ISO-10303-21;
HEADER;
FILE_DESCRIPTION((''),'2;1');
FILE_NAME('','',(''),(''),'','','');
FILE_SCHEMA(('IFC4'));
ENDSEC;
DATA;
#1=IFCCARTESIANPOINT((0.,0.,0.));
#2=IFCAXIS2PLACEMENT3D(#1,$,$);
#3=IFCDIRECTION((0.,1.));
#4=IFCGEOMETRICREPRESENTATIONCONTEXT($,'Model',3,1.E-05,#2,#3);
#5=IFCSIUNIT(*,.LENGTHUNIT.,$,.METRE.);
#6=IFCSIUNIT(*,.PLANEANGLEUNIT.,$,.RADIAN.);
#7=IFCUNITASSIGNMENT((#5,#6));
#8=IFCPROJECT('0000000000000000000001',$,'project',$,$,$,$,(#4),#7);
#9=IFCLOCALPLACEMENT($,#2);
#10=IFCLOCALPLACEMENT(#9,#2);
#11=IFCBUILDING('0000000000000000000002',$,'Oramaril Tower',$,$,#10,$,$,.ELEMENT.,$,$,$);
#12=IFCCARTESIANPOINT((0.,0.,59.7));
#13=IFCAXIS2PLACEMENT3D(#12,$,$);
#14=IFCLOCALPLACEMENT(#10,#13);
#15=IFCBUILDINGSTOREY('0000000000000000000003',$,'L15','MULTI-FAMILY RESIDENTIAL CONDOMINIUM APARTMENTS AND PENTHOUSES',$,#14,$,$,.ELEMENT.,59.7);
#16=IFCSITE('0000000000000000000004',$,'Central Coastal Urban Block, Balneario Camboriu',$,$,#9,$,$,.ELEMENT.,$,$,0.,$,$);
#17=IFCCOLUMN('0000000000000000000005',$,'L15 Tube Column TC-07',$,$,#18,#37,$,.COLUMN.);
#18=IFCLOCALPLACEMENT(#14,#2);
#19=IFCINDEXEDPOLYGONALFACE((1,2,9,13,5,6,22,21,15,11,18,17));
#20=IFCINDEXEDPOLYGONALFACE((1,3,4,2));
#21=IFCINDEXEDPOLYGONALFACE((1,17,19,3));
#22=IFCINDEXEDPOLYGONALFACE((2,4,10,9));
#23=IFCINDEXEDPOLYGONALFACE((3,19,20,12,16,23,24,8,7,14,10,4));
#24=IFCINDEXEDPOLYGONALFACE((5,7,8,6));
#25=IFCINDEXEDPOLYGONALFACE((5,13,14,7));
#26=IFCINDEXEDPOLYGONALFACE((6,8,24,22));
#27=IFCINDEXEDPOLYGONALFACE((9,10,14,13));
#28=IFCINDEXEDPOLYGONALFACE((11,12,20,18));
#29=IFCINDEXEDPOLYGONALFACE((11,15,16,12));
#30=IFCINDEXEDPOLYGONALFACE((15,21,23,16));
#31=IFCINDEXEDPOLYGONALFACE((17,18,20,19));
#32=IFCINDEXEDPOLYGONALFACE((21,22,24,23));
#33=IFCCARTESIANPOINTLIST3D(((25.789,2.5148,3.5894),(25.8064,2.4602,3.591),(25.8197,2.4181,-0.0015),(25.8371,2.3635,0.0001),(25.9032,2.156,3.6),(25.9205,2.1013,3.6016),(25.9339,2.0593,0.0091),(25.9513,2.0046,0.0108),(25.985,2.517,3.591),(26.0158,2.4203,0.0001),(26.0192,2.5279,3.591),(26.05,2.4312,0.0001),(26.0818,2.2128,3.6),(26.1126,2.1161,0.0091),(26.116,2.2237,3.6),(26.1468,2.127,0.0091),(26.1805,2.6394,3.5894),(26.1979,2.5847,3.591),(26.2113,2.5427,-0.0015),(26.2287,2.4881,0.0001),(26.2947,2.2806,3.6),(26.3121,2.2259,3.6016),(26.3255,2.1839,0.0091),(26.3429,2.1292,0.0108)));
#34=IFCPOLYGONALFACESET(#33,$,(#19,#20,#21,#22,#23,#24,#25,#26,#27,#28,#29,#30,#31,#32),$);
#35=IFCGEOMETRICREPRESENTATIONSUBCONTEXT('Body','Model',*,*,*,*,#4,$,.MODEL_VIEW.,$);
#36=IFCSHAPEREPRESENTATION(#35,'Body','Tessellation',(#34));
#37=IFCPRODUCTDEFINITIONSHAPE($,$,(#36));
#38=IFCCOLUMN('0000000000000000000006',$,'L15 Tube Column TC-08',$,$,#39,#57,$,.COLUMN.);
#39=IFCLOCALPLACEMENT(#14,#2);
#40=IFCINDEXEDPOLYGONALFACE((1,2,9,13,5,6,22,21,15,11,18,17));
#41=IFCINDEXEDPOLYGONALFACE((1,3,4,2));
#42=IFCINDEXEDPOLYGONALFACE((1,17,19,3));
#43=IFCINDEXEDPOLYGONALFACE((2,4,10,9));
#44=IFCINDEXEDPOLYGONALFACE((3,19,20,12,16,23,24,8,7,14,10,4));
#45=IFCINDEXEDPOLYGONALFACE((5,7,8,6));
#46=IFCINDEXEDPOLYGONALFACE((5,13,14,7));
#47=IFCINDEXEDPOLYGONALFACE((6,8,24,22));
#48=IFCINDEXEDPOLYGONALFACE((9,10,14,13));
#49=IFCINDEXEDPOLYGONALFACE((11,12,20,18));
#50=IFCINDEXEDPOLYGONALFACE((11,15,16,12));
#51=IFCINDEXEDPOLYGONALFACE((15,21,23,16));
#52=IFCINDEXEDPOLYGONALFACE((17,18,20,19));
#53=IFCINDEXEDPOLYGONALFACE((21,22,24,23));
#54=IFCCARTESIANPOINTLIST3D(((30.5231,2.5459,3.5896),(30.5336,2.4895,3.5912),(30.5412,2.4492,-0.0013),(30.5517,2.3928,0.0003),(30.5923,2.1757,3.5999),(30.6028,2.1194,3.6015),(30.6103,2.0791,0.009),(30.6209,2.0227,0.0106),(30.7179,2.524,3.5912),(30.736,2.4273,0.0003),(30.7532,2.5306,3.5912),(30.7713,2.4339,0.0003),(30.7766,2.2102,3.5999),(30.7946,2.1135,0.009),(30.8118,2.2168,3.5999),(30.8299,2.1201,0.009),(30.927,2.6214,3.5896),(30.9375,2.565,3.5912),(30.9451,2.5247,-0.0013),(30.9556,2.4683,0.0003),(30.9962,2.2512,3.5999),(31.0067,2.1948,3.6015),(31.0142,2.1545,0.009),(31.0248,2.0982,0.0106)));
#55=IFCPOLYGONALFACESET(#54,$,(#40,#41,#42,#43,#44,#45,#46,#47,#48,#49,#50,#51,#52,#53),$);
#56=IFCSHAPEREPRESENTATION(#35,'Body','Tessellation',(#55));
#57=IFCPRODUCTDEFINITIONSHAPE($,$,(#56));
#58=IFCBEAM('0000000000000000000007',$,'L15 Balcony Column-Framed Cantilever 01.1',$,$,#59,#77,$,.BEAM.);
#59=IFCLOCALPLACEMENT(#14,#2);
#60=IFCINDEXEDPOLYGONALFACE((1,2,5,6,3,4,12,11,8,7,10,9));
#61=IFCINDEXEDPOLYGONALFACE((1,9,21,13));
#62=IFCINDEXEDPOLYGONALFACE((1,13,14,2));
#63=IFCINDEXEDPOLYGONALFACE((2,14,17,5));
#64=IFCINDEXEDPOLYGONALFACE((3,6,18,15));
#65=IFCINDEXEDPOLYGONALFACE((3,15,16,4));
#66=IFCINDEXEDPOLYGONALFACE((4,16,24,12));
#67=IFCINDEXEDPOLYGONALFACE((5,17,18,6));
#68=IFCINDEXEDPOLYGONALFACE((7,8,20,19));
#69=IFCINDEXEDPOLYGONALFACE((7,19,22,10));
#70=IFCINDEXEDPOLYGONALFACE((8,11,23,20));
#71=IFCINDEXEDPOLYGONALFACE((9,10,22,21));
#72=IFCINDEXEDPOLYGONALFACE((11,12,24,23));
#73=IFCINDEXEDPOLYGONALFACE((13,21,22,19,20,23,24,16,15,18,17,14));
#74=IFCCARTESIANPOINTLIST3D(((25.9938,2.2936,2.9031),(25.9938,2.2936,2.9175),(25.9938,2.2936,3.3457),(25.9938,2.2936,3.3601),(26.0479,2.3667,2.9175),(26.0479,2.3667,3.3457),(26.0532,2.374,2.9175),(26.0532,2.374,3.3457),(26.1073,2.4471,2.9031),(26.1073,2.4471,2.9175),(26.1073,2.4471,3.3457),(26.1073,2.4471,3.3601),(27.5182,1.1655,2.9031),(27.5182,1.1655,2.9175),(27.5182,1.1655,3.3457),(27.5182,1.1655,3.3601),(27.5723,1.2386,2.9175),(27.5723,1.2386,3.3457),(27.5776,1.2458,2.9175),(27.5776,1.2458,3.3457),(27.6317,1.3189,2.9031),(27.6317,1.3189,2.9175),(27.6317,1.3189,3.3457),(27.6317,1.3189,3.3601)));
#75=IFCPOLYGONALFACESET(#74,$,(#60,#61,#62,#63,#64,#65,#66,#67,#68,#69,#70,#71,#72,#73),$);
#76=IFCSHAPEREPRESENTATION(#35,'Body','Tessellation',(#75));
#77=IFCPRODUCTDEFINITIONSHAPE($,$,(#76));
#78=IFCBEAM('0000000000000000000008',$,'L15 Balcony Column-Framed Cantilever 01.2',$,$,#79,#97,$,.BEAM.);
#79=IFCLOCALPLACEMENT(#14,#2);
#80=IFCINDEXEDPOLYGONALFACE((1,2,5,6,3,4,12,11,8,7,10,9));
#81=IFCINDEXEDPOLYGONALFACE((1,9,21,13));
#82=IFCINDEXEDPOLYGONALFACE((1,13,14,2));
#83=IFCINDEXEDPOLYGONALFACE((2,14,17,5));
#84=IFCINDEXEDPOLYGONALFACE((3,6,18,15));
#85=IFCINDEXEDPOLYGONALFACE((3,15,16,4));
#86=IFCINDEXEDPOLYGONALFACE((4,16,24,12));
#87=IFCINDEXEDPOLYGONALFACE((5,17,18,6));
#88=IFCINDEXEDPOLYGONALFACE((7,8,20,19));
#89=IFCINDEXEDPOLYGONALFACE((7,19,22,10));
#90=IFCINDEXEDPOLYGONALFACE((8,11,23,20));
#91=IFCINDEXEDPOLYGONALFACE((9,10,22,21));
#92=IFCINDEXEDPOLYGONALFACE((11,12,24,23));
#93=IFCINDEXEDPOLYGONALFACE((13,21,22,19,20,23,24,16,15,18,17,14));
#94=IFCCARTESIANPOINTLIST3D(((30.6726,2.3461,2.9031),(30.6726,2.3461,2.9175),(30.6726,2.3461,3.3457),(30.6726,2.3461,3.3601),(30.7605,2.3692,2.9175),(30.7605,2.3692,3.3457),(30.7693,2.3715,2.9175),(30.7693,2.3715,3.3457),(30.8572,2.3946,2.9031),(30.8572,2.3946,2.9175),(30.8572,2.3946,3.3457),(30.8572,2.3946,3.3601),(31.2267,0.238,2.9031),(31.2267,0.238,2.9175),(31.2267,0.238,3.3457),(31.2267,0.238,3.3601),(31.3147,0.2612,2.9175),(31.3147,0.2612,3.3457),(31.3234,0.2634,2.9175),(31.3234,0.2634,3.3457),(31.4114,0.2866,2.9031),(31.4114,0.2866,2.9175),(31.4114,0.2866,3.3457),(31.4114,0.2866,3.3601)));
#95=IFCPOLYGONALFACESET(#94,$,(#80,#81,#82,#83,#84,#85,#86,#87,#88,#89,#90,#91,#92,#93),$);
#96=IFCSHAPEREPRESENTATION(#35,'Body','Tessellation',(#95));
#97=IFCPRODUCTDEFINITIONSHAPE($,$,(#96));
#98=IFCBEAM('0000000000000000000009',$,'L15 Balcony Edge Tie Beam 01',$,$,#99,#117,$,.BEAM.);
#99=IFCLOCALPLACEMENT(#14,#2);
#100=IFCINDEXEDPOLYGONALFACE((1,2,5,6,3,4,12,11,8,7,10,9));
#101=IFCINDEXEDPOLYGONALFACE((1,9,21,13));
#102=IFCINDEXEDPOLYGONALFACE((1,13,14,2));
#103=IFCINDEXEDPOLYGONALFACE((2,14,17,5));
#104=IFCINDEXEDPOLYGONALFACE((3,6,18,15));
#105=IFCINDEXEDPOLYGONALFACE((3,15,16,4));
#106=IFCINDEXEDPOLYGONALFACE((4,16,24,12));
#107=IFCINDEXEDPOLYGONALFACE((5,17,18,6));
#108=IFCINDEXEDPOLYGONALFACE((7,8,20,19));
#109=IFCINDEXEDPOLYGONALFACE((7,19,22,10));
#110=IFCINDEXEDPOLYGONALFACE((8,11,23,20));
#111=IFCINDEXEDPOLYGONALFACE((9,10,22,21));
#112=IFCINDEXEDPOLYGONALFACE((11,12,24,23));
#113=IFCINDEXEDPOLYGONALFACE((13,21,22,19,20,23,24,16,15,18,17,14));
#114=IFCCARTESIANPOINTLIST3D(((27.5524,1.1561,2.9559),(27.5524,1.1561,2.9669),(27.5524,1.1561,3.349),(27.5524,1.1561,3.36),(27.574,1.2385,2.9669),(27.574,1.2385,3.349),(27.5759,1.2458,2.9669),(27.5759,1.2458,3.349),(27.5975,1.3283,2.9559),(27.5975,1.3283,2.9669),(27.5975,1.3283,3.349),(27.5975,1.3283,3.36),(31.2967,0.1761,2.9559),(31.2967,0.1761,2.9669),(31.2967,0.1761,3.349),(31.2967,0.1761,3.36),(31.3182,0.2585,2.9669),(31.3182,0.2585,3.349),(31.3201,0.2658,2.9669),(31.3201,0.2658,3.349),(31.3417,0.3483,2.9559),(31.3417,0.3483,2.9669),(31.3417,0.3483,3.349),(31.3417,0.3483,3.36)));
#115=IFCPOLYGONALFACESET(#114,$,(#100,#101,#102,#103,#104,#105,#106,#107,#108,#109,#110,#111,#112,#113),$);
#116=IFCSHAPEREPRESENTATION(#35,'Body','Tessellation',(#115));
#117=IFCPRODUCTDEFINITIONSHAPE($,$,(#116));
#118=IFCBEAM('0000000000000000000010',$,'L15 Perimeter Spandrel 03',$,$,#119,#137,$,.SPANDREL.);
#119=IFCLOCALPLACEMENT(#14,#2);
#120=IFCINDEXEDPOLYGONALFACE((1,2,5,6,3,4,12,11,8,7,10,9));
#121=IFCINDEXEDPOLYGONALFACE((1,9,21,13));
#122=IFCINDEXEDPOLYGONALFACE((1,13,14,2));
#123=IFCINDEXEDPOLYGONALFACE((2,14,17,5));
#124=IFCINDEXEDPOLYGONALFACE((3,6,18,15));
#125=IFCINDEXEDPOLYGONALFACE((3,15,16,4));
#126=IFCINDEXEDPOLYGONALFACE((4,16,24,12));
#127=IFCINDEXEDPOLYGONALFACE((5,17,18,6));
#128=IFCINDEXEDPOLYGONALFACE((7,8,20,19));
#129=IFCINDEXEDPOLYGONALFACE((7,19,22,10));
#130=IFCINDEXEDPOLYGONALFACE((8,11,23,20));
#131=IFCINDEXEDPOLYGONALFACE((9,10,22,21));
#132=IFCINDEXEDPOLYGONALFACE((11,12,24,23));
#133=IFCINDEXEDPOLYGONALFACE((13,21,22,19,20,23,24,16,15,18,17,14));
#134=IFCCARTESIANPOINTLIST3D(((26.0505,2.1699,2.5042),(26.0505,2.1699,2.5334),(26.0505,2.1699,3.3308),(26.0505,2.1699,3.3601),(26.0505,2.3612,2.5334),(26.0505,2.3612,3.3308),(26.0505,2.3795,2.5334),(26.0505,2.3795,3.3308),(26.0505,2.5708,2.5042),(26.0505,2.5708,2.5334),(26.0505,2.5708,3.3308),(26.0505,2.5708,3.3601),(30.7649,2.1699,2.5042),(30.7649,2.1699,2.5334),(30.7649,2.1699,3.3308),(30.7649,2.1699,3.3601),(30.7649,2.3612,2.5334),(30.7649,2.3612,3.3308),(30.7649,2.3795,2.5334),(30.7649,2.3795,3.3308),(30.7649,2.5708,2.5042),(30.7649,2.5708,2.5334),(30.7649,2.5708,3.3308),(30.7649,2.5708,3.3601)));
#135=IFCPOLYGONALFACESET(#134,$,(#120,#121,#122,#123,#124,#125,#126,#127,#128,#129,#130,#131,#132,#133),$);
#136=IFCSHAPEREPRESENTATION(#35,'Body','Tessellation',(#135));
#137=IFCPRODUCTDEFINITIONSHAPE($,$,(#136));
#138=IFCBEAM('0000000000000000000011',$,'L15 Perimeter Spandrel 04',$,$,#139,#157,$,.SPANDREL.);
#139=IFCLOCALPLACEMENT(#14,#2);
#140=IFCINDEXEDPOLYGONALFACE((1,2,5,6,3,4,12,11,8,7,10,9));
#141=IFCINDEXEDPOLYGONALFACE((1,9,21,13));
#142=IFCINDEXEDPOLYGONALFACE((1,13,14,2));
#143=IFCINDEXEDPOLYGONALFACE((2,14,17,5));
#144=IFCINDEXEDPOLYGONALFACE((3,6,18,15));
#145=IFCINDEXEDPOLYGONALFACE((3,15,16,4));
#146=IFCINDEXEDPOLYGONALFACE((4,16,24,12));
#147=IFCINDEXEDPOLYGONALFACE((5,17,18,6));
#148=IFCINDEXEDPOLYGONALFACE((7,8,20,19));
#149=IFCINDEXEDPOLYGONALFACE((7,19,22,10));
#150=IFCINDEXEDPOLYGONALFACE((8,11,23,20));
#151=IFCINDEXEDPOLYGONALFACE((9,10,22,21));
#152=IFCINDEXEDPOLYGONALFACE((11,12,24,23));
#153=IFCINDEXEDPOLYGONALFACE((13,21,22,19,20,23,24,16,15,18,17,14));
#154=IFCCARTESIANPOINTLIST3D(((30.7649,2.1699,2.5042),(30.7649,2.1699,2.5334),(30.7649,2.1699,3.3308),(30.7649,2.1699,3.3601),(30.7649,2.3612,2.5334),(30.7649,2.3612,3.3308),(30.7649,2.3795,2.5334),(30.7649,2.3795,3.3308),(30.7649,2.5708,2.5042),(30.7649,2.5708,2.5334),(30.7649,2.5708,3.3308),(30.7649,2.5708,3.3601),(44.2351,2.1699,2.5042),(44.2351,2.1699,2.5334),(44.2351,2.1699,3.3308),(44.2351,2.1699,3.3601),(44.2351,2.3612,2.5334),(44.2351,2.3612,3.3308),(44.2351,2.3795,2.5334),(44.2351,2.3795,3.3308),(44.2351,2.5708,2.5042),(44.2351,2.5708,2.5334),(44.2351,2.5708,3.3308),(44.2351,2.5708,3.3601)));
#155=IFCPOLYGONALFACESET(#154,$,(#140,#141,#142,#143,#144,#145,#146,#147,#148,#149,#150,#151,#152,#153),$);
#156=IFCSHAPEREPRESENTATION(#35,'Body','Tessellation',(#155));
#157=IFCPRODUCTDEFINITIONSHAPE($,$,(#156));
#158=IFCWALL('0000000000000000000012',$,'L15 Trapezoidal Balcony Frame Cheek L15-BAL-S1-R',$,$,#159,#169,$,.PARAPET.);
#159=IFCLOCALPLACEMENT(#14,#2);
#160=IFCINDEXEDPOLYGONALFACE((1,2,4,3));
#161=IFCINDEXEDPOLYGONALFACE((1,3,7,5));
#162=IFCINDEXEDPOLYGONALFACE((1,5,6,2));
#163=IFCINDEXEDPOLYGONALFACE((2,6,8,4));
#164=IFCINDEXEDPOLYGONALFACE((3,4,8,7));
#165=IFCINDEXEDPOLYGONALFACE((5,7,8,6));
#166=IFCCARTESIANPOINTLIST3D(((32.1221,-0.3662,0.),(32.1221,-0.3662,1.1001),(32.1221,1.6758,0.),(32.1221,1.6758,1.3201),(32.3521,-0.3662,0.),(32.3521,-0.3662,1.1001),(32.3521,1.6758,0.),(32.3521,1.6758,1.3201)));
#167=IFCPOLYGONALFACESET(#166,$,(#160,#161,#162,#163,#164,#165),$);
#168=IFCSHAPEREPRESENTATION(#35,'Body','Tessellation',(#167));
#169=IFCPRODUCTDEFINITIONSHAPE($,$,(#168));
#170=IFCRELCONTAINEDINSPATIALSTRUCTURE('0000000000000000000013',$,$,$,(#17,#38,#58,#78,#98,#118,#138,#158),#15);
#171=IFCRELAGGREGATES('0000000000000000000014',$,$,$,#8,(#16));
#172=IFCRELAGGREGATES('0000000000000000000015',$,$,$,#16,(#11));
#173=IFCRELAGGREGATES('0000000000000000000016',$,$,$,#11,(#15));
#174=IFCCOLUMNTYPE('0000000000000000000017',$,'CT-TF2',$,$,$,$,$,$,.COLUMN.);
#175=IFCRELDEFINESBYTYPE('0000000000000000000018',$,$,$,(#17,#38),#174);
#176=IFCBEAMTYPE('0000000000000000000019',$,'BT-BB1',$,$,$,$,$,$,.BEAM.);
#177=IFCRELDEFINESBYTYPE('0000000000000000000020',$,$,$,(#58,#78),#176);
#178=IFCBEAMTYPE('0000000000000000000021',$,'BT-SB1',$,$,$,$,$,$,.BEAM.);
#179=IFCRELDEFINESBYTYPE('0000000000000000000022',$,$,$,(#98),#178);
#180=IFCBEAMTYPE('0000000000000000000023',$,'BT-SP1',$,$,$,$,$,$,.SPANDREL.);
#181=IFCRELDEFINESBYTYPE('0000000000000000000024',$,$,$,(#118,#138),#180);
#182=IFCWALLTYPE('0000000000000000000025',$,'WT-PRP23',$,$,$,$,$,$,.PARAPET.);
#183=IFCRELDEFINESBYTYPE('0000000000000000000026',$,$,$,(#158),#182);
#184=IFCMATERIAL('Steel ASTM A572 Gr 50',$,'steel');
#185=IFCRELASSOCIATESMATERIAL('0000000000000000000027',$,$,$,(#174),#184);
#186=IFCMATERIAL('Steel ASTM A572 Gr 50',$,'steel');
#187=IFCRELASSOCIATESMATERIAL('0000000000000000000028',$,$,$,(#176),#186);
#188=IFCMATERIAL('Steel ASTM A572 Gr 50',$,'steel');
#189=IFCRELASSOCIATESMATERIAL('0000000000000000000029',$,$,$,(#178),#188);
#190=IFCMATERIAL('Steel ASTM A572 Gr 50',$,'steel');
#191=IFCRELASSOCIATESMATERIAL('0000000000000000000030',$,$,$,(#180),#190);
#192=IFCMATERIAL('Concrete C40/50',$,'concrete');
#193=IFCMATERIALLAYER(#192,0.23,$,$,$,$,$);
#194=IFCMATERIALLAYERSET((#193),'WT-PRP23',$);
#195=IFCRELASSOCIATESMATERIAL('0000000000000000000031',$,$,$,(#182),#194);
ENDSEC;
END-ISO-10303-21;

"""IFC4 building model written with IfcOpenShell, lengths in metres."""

from ifc_helpers import new_model, si_unit, direction, frame, origin, origin_2d, place, context, subcontext, project, spatial, polyline, i_section, outline, extrude, material, layer, layer_set, material_profile, profile_set, type_object, element, save


model = new_model("IFC4")

# Units and contexts
model_context = context("Model", 3, precision=1e-05, world=origin(), true_north=direction((0.0, 1.0)))
body_context = subcontext(model_context, "Body", "Model", "MODEL_VIEW")
ifc_project = project(units=[si_unit("LENGTHUNIT", "METRE"), si_unit("PLANEANGLEUNIT", "RADIAN")], contexts=[model_context])

# Site, building, storey
site_placement = place(None, origin())
site = spatial("IfcSite", under=ifc_project, at=site_placement, Name="Central Coastal Urban Block, Balneario Camboriu", CompositionType="ELEMENT", RefElevation=0.0)
building_placement = place(site_placement, origin())
building = spatial("IfcBuilding", under=site, at=building_placement, Name="Oramaril Tower", CompositionType="ELEMENT")
storey_placement = place(building_placement, frame((0.0, 0.0, 59.7)))
storey = spatial("IfcBuildingStorey", under=building, at=storey_placement, Name="L15", Description="MULTI-FAMILY RESIDENTIAL CONDOMINIUM APARTMENTS AND PENTHOUSES", CompositionType="ELEMENT", Elevation=59.7)

# Columns
ifc_material_1 = material(Name="Steel ASTM A572 Gr 50", Category="steel")
ifc_material_profile_1 = material_profile(ifc_material_1, i_section(OverallWidth=0.4109, OverallDepth=0.4341, WebThickness=0.0359, FlangeThickness=0.0574, at=origin_2d()), Name="W14X311")
ifc_profile_set_1 = profile_set([ifc_material_profile_1], Name="Steel ASTM A572 Gr 50")
column_type = type_object("IfcColumnType", Name="CT-TF2", PredefinedType="COLUMN", material=ifc_profile_set_1)
for number, where, z_axis, x_axis, name in (
    (1, (26.0813, 2.2737, 0.0046), (-0.008563, 0.026913, 0.999601), (-0.952926, -0.303204, 0.0), "L15 Tube Column TC-07"),
    (2, (30.783, 2.2737, 0.0046), (-0.005029, 0.026914, 0.999625), (-0.982984, -0.183689, 0.0), "L15 Tube Column TC-08"),
):
    element("IfcColumn", number, at=place(storey_placement, frame(where, z_axis=z_axis, x_axis=x_axis)), inside=storey, type_object=column_type, Name=name, PredefinedType="COLUMN", context=body_context, shape_type="SweptSolid", body=[
        extrude(i_section(OverallWidth=0.4109, OverallDepth=0.4341, WebThickness=0.0359, FlangeThickness=0.0574, at=origin_2d()), origin(), (0.0, 0.0, 1.0), 3.5923),
    ])

# Beams
ifc_material_2 = material(Name="Steel ASTM A572 Gr 50", Category="steel")
ifc_material_profile_2 = material_profile(ifc_material_2, i_section(OverallWidth=0.1909, OverallDepth=0.457, WebThickness=0.009, FlangeThickness=0.0144, at=origin_2d()), Name="W18X50")
ifc_profile_set_2 = profile_set([ifc_material_profile_2], Name="Steel ASTM A572 Gr 50")
beam_type_1 = type_object("IfcBeamType", Name="BT-BB1", PredefinedType="BEAM", material=ifc_profile_set_2)
beam_1_placement = place(storey_placement, frame((26.0505, 2.3704, 3.1316), z_axis=(0.803815, -0.59488, 0.0), x_axis=(0.59488, 0.803815, 0.0)))
element("IfcBeam", 3, at=beam_1_placement, inside=storey, type_object=beam_type_1, Name="L15 Balcony Column-Framed Cantilever 01.1", PredefinedType="BEAM", context=body_context, shape_type="SweptSolid", body=[
    extrude(i_section(OverallWidth=0.1909, OverallDepth=0.457, WebThickness=0.009, FlangeThickness=0.0144, at=origin_2d()), origin(), (0.0, 0.0, 1.0), 1.8965),
])
beam_2_placement = place(storey_placement, frame((30.7649, 2.3704, 3.1316), z_axis=(0.254245, -0.96714, 0.0), x_axis=(0.96714, 0.254245, 0.0)))
element("IfcBeam", 4, at=beam_2_placement, inside=storey, type_object=beam_type_1, Name="L15 Balcony Column-Framed Cantilever 01.2", PredefinedType="BEAM", context=body_context, shape_type="SweptSolid", body=[
    extrude(i_section(OverallWidth=0.1909, OverallDepth=0.457, WebThickness=0.009, FlangeThickness=0.0144, at=origin_2d()), origin(), (0.0, 0.0, 1.0), 2.1797),
])
ifc_material_3 = material(Name="Steel ASTM A572 Gr 50", Category="steel")
ifc_material_profile_3 = material_profile(ifc_material_3, i_section(OverallWidth=0.178, OverallDepth=0.4041, WebThickness=0.0076, FlangeThickness=0.011, at=origin_2d()), Name="W16X36")
ifc_profile_set_3 = profile_set([ifc_material_profile_3], Name="Steel ASTM A572 Gr 50")
beam_type_2 = type_object("IfcBeamType", Name="BT-SB1", PredefinedType="BEAM", material=ifc_profile_set_3)
beam_3_placement = place(storey_placement, frame((27.575, 1.2422, 3.158), z_axis=(0.967412, -0.253208, 0.0), x_axis=(0.253208, 0.967412, 0.0)))
element("IfcBeam", 5, at=beam_3_placement, inside=storey, type_object=beam_type_2, Name="L15 Balcony Edge Tie Beam 01", PredefinedType="BEAM", context=body_context, shape_type="SweptSolid", body=[
    extrude(i_section(OverallWidth=0.178, OverallDepth=0.4041, WebThickness=0.0076, FlangeThickness=0.011, at=origin_2d()), origin(), (0.0, 0.0, 1.0), 3.8704),
])
ifc_material_4 = material(Name="Steel ASTM A572 Gr 50", Category="steel")
ifc_material_profile_4 = material_profile(ifc_material_4, i_section(OverallWidth=0.4009, OverallDepth=0.856, WebThickness=0.0183, FlangeThickness=0.0293, at=origin_2d()), Name="W33X201")
ifc_profile_set_4 = profile_set([ifc_material_profile_4], Name="Steel ASTM A572 Gr 50")
beam_type_3 = type_object("IfcBeamType", Name="BT-SP1", PredefinedType="SPANDREL", material=ifc_profile_set_4)
beam_4_placement = place(storey_placement, frame((26.0505, 2.3704, 2.9321), z_axis=(1.0, 0.0, 0.0), x_axis=(0.0, 1.0, 0.0)))
element("IfcBeam", 6, at=beam_4_placement, inside=storey, type_object=beam_type_3, Name="L15 Perimeter Spandrel 03", PredefinedType="SPANDREL", context=body_context, shape_type="SweptSolid", body=[
    extrude(i_section(OverallWidth=0.4009, OverallDepth=0.856, WebThickness=0.0183, FlangeThickness=0.0293, at=origin_2d()), origin(), (0.0, 0.0, 1.0), 4.7144),
])
beam_5_placement = place(storey_placement, frame((30.7649, 2.3704, 2.9321), z_axis=(1.0, 0.0, 0.0), x_axis=(0.0, 1.0, 0.0)))
element("IfcBeam", 7, at=beam_5_placement, inside=storey, type_object=beam_type_3, Name="L15 Perimeter Spandrel 04", PredefinedType="SPANDREL", context=body_context, shape_type="SweptSolid", body=[
    extrude(i_section(OverallWidth=0.4009, OverallDepth=0.856, WebThickness=0.0183, FlangeThickness=0.0293, at=origin_2d()), origin(), (0.0, 0.0, 1.0), 13.4702),
])

# Wall
ifc_material_5 = material(Name="Concrete C40/50", Category="concrete")
ifc_layer_1 = layer(ifc_material_5, 0.23)
ifc_layer_set_1 = layer_set([ifc_layer_1], Name="WT-PRP23")
wall_type_1 = type_object("IfcWallType", Name="WT-PRP23", PredefinedType="PARAPET", material=ifc_layer_set_1)
wall_1_placement = place(storey_placement, frame((32.2371, 1.6758, 0.0), z_axis=(0.0, 0.0, 1.0), x_axis=(0.0, -1.0, 0.0)))
element("IfcWall", 8, at=wall_1_placement, inside=storey, type_object=wall_type_1, Name="L15 Trapezoidal Balcony Frame Cheek L15-BAL-S1-R", PredefinedType="PARAPET", context=body_context, shape_type="SweptSolid", body=[
    extrude(outline(polyline([(0.0, 0.0), (2.042, 0.0), (2.042, 1.1001), (0.0, 1.3201), (0.0, 0.0)])), frame((0.0, 0.115, 0.0), z_axis=(0.0, -1.0, 0.0), x_axis=(1.0, 0.0, 0.0)), (0.0, 0.0, 1.0), 0.23),
])

save(model, "model.ifc")
